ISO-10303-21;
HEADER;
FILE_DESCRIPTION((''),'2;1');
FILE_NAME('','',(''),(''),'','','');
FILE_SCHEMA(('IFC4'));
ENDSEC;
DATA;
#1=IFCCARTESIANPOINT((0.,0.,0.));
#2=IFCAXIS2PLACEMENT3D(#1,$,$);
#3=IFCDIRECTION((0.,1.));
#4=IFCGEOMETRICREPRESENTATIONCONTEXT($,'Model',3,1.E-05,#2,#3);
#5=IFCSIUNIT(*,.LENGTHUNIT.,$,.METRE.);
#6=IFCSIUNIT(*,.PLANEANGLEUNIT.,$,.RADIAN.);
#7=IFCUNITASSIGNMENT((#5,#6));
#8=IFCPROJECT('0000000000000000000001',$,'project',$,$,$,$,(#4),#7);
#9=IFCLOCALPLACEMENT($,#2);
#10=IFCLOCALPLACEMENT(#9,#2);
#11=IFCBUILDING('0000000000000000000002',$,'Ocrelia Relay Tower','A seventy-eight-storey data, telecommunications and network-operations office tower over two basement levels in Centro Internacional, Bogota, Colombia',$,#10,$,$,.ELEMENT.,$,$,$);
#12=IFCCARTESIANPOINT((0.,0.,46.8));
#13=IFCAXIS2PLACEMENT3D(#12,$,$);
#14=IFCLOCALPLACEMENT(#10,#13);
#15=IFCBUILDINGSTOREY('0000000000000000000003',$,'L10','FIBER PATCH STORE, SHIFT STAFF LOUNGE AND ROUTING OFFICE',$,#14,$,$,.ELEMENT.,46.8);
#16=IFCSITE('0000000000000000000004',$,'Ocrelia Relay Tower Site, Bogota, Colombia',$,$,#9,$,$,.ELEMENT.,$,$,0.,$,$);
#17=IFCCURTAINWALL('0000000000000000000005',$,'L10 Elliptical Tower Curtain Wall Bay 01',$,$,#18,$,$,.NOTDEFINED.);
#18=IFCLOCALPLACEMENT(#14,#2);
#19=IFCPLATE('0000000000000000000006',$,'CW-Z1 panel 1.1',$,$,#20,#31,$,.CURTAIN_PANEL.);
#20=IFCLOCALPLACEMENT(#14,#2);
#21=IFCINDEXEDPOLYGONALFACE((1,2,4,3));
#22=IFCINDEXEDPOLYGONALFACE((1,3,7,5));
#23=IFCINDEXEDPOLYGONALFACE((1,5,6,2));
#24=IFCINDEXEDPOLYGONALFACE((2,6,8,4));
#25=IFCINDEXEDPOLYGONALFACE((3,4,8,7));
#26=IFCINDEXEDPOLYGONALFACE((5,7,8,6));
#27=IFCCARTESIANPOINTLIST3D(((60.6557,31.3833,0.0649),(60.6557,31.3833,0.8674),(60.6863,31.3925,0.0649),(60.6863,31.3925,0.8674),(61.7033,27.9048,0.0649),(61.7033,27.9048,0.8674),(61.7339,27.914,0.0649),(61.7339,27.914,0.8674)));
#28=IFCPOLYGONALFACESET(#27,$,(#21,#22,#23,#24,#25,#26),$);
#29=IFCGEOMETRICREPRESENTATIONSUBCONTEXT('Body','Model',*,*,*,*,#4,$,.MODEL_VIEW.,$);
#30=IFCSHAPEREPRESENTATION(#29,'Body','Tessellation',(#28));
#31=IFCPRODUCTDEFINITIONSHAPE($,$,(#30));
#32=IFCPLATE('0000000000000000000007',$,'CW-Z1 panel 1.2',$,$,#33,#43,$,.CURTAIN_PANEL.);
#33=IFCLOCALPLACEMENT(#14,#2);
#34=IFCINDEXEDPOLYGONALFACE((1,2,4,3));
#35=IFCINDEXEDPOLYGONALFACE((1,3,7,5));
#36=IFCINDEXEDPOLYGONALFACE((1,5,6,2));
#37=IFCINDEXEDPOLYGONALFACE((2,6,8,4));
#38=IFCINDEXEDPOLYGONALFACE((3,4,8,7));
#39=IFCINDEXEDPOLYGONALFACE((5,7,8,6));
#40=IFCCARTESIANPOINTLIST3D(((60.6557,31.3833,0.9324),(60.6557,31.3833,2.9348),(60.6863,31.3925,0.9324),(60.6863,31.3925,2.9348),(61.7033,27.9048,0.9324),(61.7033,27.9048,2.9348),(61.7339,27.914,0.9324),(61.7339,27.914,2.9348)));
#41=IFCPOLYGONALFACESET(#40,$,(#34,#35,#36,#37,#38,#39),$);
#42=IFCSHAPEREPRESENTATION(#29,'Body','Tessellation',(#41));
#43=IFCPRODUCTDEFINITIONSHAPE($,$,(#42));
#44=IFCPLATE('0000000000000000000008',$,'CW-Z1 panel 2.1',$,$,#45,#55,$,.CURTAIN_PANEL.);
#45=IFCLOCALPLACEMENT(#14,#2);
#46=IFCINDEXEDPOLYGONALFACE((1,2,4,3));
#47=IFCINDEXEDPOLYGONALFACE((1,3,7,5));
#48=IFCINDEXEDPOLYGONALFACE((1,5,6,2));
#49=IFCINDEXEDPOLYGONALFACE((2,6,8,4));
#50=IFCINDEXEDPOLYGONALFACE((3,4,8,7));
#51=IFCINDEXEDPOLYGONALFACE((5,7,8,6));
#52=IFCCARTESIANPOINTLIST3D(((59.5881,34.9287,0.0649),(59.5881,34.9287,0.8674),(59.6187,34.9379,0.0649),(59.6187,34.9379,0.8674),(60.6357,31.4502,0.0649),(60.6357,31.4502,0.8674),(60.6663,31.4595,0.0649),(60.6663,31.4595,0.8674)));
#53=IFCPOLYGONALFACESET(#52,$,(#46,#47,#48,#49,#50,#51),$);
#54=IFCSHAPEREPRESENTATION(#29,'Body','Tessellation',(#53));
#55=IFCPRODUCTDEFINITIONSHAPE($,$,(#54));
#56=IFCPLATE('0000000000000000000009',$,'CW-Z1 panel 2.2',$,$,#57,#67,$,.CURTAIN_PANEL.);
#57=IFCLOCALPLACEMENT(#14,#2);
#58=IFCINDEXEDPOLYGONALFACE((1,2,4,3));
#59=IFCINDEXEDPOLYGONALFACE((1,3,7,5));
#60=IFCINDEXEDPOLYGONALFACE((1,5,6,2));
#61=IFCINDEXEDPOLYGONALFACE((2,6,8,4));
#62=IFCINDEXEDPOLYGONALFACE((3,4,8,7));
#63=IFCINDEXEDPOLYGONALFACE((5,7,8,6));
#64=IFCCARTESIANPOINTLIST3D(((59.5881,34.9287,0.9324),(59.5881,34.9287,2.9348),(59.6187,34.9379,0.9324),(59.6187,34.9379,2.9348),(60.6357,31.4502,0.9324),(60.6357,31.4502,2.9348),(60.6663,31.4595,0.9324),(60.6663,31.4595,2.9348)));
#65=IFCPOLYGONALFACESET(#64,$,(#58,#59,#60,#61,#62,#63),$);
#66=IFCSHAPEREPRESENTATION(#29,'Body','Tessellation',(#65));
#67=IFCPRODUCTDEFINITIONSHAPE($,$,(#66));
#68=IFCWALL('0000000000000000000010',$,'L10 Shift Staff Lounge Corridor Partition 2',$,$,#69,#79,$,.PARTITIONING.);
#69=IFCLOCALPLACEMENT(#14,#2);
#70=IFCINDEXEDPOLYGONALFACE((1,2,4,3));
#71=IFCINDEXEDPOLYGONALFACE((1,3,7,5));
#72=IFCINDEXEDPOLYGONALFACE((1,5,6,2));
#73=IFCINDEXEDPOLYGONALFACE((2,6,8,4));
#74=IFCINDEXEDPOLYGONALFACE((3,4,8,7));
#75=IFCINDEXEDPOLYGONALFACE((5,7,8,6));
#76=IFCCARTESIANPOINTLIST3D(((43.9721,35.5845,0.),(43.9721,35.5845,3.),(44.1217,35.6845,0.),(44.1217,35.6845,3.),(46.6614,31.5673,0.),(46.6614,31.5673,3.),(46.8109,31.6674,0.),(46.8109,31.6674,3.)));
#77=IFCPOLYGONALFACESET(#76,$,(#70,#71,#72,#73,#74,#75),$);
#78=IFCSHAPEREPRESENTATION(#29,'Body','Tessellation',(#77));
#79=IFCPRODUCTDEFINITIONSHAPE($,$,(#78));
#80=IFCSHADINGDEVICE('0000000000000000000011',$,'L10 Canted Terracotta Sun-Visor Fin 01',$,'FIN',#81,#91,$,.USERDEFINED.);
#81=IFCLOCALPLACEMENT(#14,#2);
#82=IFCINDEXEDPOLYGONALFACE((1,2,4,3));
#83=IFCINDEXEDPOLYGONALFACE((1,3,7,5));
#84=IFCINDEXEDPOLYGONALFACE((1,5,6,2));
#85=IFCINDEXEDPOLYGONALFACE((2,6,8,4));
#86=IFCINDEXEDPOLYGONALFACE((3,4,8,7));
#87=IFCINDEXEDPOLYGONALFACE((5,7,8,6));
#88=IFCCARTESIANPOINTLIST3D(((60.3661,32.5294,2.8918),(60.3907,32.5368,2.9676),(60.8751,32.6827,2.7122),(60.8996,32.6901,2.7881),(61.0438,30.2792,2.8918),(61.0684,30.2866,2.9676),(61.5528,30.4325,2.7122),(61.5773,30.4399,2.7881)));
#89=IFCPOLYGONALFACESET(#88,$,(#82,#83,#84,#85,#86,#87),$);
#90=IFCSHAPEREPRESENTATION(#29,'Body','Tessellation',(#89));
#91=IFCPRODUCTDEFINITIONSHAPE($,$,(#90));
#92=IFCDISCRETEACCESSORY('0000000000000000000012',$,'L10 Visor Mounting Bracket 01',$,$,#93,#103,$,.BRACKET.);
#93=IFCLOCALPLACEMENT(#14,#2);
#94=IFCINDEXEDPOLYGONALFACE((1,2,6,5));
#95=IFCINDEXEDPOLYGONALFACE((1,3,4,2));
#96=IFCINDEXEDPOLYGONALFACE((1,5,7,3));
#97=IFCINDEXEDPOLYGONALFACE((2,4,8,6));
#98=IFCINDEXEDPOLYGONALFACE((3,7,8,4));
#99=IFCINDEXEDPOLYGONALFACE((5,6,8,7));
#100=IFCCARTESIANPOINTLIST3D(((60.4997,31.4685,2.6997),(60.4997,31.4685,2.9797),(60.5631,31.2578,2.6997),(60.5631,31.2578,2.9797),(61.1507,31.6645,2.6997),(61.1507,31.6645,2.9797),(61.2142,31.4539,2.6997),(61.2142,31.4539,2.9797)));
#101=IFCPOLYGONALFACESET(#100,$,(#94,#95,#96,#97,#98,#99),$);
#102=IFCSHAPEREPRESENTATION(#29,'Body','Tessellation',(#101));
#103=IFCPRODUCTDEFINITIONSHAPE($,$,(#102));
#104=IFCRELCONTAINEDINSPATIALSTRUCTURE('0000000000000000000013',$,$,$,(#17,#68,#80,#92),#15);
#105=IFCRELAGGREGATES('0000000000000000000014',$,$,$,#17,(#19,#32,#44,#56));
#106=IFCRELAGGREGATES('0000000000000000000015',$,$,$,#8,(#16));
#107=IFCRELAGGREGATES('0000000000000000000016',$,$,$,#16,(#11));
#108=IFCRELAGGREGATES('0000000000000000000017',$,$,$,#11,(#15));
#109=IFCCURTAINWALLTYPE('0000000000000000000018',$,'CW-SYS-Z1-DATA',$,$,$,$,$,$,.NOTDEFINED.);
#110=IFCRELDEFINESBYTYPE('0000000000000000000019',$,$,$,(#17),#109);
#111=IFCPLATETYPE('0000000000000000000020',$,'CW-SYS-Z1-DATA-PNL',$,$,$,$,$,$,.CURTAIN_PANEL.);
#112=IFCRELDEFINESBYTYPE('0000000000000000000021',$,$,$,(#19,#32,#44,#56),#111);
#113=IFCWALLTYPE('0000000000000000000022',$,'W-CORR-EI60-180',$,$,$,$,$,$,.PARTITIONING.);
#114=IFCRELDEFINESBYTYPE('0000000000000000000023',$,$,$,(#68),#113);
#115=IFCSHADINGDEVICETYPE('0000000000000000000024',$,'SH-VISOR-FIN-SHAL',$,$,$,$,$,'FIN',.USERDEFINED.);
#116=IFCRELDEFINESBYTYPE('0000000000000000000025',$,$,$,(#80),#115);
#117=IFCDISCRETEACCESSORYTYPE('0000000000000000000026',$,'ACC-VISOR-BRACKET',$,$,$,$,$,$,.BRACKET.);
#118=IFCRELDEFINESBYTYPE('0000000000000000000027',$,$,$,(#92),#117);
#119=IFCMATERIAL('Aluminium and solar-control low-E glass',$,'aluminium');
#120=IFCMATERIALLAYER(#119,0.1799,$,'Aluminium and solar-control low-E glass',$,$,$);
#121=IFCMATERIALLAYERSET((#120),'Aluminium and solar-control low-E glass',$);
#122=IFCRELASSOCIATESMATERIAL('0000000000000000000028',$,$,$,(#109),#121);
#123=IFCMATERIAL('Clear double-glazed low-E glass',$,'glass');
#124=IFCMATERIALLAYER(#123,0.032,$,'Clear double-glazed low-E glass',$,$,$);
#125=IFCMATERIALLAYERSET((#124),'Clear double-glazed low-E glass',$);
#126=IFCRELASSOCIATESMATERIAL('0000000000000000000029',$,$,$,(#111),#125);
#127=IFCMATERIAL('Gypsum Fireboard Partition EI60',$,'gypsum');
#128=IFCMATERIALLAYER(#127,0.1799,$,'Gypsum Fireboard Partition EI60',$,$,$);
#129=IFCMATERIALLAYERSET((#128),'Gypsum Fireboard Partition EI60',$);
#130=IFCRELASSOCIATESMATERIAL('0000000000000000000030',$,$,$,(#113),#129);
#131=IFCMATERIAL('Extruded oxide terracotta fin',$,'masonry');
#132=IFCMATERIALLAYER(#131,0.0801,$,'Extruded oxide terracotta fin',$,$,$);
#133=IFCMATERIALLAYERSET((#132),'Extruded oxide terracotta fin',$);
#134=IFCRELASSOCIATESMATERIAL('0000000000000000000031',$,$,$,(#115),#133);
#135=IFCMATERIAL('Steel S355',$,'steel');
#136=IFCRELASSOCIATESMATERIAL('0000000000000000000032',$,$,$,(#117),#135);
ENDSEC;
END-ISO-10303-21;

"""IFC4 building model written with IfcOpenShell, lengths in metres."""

from ifc_helpers import new_model, si_unit, direction, frame, frame_2d, origin, origin_2d, place, context, subcontext, project, spatial, rectangle, extrude, material, layer, layer_set, type_object, element, aggregate, save


model = new_model("IFC4")

# Units and contexts
model_context = context("Model", 3, precision=1e-05, world=origin(), true_north=direction((0.0, 1.0)))
body_context = subcontext(model_context, "Body", "Model", "MODEL_VIEW")
ifc_project = project(units=[si_unit("LENGTHUNIT", "METRE"), si_unit("PLANEANGLEUNIT", "RADIAN")], contexts=[model_context])

# Site, building, storey
site_placement = place(None, origin())
site = spatial("IfcSite", under=ifc_project, at=site_placement, Name="Ocrelia Relay Tower Site, Bogota, Colombia", CompositionType="ELEMENT", RefElevation=0.0)
building_placement = place(site_placement, origin())
building = spatial("IfcBuilding", under=site, at=building_placement, Name="Ocrelia Relay Tower", Description="A seventy-eight-storey data, telecommunications and network-operations office tower over two basement levels in Centro Internacional, Bogota, Colombia", CompositionType="ELEMENT")
storey_placement = place(building_placement, frame((0.0, 0.0, 46.8)))
storey = spatial("IfcBuildingStorey", under=building, at=storey_placement, Name="L10", Description="FIBER PATCH STORE, SHIFT STAFF LOUNGE AND ROUTING OFFICE", CompositionType="ELEMENT", Elevation=46.8)

# Shared definitions
ifc_material_1 = material(Name="Steel S355", Category="steel")

# Curtain wall, plates
ifc_material_2 = material(Name="Aluminium and solar-control low-E glass", Category="aluminium")
ifc_layer_1 = layer(ifc_material_2, 0.1799, Name="Aluminium and solar-control low-E glass")
ifc_layer_set_1 = layer_set([ifc_layer_1], Name="Aluminium and solar-control low-E glass")
curtain_wall_type = type_object("IfcCurtainWallType", Name="CW-SYS-Z1-DATA", PredefinedType="NOTDEFINED", material=ifc_layer_set_1)
curtain_wall_placement = place(storey_placement, origin())
curtain_wall = element("IfcCurtainWall", 1, at=curtain_wall_placement, inside=storey, type_object=curtain_wall_type, Name="L10 Elliptical Tower Curtain Wall Bay 01", PredefinedType="NOTDEFINED")
ifc_material_3 = material(Name="Clear double-glazed low-E glass", Category="glass")
ifc_layer_2 = layer(ifc_material_3, 0.032, Name="Clear double-glazed low-E glass")
ifc_layer_set_2 = layer_set([ifc_layer_2], Name="Clear double-glazed low-E glass")
plate_type = type_object("IfcPlateType", Name="CW-SYS-Z1-DATA-PNL", PredefinedType="CURTAIN_PANEL", material=ifc_layer_set_2)
plate_1_placement = place(storey_placement, frame((61.1948, 29.6487, 0.0649), z_axis=(0.0, 0.0, 1.0), x_axis=(-0.28837, 0.957519, 0.0)))
plate_1 = element("IfcPlate", 2, at=plate_1_placement, type_object=plate_type, Name="CW-Z1 panel 1.1", PredefinedType="CURTAIN_PANEL", context=body_context, shape_type="SweptSolid", body=[
    extrude(rectangle(XDim=3.6328, YDim=0.032, at=origin_2d()), origin(), (0.0, 0.0, 1.0), 0.8025),
])
plate_2_placement = place(storey_placement, frame((61.1948, 29.6487, 0.9324), z_axis=(0.0, 0.0, 1.0), x_axis=(-0.28837, 0.957519, 0.0)))
plate_2 = element("IfcPlate", 3, at=plate_2_placement, type_object=plate_type, Name="CW-Z1 panel 1.2", PredefinedType="CURTAIN_PANEL", context=body_context, shape_type="SweptSolid", body=[
    extrude(rectangle(XDim=3.6328, YDim=0.032, at=origin_2d()), origin(), (0.0, 0.0, 1.0), 2.0024),
])
plate_3_placement = place(storey_placement, frame((60.1272, 33.1941, 0.0649), z_axis=(0.0, 0.0, 1.0), x_axis=(-0.28837, 0.957519, 0.0)))
plate_3 = element("IfcPlate", 4, at=plate_3_placement, type_object=plate_type, Name="CW-Z1 panel 2.1", PredefinedType="CURTAIN_PANEL", context=body_context, shape_type="SweptSolid", body=[
    extrude(rectangle(XDim=3.6328, YDim=0.032, at=origin_2d()), origin(), (0.0, 0.0, 1.0), 0.8025),
])
plate_4_placement = place(storey_placement, frame((60.1272, 33.1941, 0.9324), z_axis=(0.0, 0.0, 1.0), x_axis=(-0.28837, 0.957519, 0.0)))
plate_4 = element("IfcPlate", 5, at=plate_4_placement, type_object=plate_type, Name="CW-Z1 panel 2.2", PredefinedType="CURTAIN_PANEL", context=body_context, shape_type="SweptSolid", body=[
    extrude(rectangle(XDim=3.6328, YDim=0.032, at=origin_2d()), origin(), (0.0, 0.0, 1.0), 2.0024),
])
aggregate(curtain_wall, [plate_1, plate_2, plate_3, plate_4])

# Wall
ifc_material_4 = material(Name="Gypsum Fireboard Partition EI60", Category="gypsum")
ifc_layer_3 = layer(ifc_material_4, 0.1799, Name="Gypsum Fireboard Partition EI60")
ifc_layer_set_3 = layer_set([ifc_layer_3], Name="Gypsum Fireboard Partition EI60")
wall_type = type_object("IfcWallType", Name="W-CORR-EI60-180", PredefinedType="PARTITIONING", material=ifc_layer_set_3)
wall_placement = place(storey_placement, frame((46.7361, 31.6174, 0.0), z_axis=(0.0, 0.0, 1.0), x_axis=(-0.556296, 0.830984, 0.0)))
element("IfcWall", 6, at=wall_placement, inside=storey, type_object=wall_type, Name="L10 Shift Staff Lounge Corridor Partition 2", PredefinedType="PARTITIONING", context=body_context, shape_type="SweptSolid", body=[
    extrude(rectangle(XDim=4.8342, YDim=0.1799, at=frame_2d((2.417, 0.0))), origin(), (0.0, 0.0, 1.0), 3.0),
])

# Shading device
ifc_material_5 = material(Name="Extruded oxide terracotta fin", Category="masonry")
ifc_layer_4 = layer(ifc_material_5, 0.0801, Name="Extruded oxide terracotta fin")
ifc_layer_set_4 = layer_set([ifc_layer_4], Name="Extruded oxide terracotta fin")
shading_device_type = type_object("IfcShadingDeviceType", Name="SH-VISOR-FIN-SHAL", ElementType="FIN", PredefinedType="USERDEFINED", material=ifc_layer_set_4)
shading_device_placement = place(storey_placement, frame((60.9595, 31.481, 2.802), z_axis=(0.30636, 0.092264, 0.947434), x_axis=(-0.28837, 0.957519, 0.0)))
element("IfcShadingDevice", 7, at=shading_device_placement, inside=storey, type_object=shading_device_type, Name="L10 Canted Terracotta Sun-Visor Fin 01", ObjectType="FIN", PredefinedType="USERDEFINED", context=body_context, shape_type="SweptSolid", body=[
    extrude(rectangle(XDim=2.3501, YDim=0.561, at=origin_2d()), origin(), (0.0, 0.0, 1.0), 0.0801),
])

# Discrete accessory
discrete_accessory_type = type_object("IfcDiscreteAccessoryType", Name="ACC-VISOR-BRACKET", PredefinedType="BRACKET", material=ifc_material_1)
discrete_accessory_placement = place(storey_placement, frame((60.8569, 31.4612, 2.6997), z_axis=(0.0, 0.0, 1.0), x_axis=(-0.28837, 0.957519, 0.0)))
element("IfcDiscreteAccessory", 8, at=discrete_accessory_placement, inside=storey, type_object=discrete_accessory_type, Name="L10 Visor Mounting Bracket 01", PredefinedType="BRACKET", context=body_context, shape_type="SweptSolid", body=[
    extrude(rectangle(XDim=0.22, YDim=0.6799, at=origin_2d()), origin(), (0.0, 0.0, 1.0), 0.28),
])

save(model, "model.ifc")
